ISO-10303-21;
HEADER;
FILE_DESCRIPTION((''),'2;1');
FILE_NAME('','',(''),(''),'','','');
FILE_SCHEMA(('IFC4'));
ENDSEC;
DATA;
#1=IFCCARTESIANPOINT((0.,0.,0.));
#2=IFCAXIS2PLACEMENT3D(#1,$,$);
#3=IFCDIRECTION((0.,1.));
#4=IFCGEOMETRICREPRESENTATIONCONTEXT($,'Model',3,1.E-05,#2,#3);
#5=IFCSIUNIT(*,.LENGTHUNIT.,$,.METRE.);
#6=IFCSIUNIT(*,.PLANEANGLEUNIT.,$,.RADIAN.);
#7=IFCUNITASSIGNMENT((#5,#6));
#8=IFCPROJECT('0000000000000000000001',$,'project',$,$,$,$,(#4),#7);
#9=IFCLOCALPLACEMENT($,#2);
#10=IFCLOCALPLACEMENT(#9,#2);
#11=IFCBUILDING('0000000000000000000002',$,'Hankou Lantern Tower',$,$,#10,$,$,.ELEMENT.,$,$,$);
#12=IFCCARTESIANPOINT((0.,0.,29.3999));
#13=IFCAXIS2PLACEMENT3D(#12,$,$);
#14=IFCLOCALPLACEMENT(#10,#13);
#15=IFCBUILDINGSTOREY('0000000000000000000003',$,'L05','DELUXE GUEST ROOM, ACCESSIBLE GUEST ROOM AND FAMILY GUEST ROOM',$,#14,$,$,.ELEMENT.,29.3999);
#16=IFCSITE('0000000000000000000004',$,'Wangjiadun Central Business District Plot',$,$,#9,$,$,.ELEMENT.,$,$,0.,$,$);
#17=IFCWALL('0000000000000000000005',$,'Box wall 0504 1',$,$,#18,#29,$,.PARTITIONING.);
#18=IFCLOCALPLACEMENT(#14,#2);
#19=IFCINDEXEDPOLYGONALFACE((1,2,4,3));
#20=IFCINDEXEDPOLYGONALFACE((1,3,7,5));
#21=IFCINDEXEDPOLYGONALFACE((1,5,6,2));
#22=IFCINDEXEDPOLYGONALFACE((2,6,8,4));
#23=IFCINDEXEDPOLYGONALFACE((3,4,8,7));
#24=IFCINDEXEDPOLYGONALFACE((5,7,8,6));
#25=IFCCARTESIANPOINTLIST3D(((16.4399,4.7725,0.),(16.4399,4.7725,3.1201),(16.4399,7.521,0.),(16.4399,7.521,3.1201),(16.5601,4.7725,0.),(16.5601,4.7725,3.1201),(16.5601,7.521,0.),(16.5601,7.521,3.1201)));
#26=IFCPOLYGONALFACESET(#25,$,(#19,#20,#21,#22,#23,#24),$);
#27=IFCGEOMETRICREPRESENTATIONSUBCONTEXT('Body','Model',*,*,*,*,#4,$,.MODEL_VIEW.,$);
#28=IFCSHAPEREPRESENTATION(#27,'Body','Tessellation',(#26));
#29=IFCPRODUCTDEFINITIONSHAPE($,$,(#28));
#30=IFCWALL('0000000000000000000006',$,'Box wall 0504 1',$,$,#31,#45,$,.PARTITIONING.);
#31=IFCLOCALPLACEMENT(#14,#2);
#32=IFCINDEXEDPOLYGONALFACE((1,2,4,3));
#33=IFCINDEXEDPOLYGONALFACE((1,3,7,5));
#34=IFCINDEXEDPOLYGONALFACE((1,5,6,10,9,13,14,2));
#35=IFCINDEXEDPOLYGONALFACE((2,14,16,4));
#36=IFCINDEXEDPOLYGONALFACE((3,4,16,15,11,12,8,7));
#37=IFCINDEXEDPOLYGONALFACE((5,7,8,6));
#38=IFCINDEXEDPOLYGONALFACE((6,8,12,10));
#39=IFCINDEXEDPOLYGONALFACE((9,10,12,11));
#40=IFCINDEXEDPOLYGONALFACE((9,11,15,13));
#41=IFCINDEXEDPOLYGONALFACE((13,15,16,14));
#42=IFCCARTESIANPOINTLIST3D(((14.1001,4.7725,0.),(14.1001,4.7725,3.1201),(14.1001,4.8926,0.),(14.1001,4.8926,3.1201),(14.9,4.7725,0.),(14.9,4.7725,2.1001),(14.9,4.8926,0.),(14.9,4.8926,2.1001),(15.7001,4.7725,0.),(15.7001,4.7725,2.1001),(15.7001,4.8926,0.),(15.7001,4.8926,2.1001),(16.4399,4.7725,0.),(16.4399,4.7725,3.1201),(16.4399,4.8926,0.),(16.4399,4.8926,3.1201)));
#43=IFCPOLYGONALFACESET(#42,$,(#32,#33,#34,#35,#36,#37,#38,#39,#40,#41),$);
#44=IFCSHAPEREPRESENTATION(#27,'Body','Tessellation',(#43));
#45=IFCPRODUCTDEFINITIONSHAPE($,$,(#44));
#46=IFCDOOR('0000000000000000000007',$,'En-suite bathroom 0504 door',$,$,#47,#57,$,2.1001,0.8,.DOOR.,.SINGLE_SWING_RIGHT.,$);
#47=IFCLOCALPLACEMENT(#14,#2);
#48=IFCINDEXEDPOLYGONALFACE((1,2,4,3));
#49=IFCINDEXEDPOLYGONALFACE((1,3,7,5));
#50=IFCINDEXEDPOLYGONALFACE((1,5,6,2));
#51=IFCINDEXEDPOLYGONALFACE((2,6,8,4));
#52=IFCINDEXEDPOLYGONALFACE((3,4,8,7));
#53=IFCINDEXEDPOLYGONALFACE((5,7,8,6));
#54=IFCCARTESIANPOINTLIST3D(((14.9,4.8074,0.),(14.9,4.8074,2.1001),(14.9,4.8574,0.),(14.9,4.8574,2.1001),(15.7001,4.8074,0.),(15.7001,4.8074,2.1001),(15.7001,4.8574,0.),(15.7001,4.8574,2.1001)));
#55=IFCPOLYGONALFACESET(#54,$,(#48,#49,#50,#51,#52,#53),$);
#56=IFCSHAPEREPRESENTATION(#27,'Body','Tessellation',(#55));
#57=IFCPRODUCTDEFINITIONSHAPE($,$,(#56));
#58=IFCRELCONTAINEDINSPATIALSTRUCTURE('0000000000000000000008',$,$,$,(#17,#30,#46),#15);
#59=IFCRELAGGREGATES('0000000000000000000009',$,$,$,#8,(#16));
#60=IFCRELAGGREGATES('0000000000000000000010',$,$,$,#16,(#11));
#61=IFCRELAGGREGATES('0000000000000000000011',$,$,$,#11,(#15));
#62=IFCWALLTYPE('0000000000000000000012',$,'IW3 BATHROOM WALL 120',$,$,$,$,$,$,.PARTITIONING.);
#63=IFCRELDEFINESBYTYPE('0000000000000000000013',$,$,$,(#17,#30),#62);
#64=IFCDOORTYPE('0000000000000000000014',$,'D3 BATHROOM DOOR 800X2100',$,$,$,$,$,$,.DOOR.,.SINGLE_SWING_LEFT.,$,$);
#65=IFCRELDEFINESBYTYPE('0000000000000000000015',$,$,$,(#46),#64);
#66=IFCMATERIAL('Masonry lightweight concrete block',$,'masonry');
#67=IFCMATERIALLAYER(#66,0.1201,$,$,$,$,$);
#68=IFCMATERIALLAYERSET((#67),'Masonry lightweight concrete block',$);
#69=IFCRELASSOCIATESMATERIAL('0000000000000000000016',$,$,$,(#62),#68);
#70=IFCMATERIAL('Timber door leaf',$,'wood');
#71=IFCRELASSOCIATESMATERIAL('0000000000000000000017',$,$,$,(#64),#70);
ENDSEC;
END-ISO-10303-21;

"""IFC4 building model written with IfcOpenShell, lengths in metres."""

from ifc_helpers import new_model, si_unit, direction, frame, frame_2d, origin, place, context, subcontext, project, spatial, rectangle, extrude, material, layer, layer_set, type_object, element, fill, save


model = new_model("IFC4")

# Units and contexts
model_context = context("Model", 3, precision=1e-05, world=origin(), true_north=direction((0.0, 1.0)))
body_context = subcontext(model_context, "Body", "Model", "MODEL_VIEW")
ifc_project = project(units=[si_unit("LENGTHUNIT", "METRE"), si_unit("PLANEANGLEUNIT", "RADIAN")], contexts=[model_context])

# Site, building, storey
site_placement = place(None, origin())
site = spatial("IfcSite", under=ifc_project, at=site_placement, Name="Wangjiadun Central Business District Plot", CompositionType="ELEMENT", RefElevation=0.0)
building_placement = place(site_placement, origin())
building = spatial("IfcBuilding", under=site, at=building_placement, Name="Hankou Lantern Tower", CompositionType="ELEMENT")
storey_placement = place(building_placement, frame((0.0, 0.0, 29.3999)))
storey = spatial("IfcBuildingStorey", under=building, at=storey_placement, Name="L05", Description="DELUXE GUEST ROOM, ACCESSIBLE GUEST ROOM AND FAMILY GUEST ROOM", CompositionType="ELEMENT", Elevation=29.3999)

# Shared definitions
ifc_material_1 = material(Name="Masonry lightweight concrete block", Category="masonry")
ifc_layer_1 = layer(ifc_material_1, 0.1201)
ifc_layer_set_1 = layer_set([ifc_layer_1], Name="Masonry lightweight concrete block")
wall_type_1 = type_object("IfcWallType", Name="IW3 BATHROOM WALL 120", PredefinedType="PARTITIONING", material=ifc_layer_set_1)

# Wall
wall_1_placement = place(storey_placement, frame((16.5, 7.521, 0.0), z_axis=(0.0, 0.0, 1.0), x_axis=(0.0, -1.0, 0.0)))
element("IfcWall", 1, at=wall_1_placement, inside=storey, type_object=wall_type_1, Name="Box wall 0504 1", PredefinedType="PARTITIONING", context=body_context, shape_type="SweptSolid", body=[
    extrude(rectangle(XDim=2.7485, YDim=0.1201, at=frame_2d((1.3743, 0.0))), origin(), (0.0, 0.0, 1.0), 3.1201),
])

# Wall, opening, door
wall_2_placement = place(storey_placement, frame((14.1001, 4.8325, 0.0), z_axis=(0.0, 0.0, 1.0), x_axis=(1.0, 0.0, 0.0)))
wall_2 = element("IfcWall", 2, at=wall_2_placement, inside=storey, type_object=wall_type_1, Name="Box wall 0504 1", PredefinedType="PARTITIONING", context=body_context, shape_type="SweptSolid", body=[
    extrude(rectangle(XDim=2.3398, YDim=0.1201, at=frame_2d((1.1699, 0.0))), origin(), (0.0, 0.0, 1.0), 3.1201),
])
opening_1_placement = place(wall_2_placement, frame((0.8, 0.0, 0.0)))
opening_1 = element("IfcOpeningElement", 3, at=opening_1_placement, cuts=wall_2, PredefinedType="OPENING", context=body_context, shape_type="SweptSolid", body=[
    extrude(rectangle(XDim=0.8, YDim=2.1001, at=frame_2d((0.3999, 1.05))), frame((0.0, 0.0701, 0.0), z_axis=(0.0, -1.0, 0.0), x_axis=(1.0, 0.0, 0.0)), (0.0, 0.0, 1.0), 0.1401),
])
ifc_material_2 = material(Name="Timber door leaf", Category="wood")
door_type_1 = type_object("IfcDoorType", Name="D3 BATHROOM DOOR 800X2100", OperationType="SINGLE_SWING_LEFT", PredefinedType="DOOR", material=ifc_material_2)
door_1_placement = place(opening_1_placement, origin())
door_1 = element("IfcDoor", 4, at=door_1_placement, inside=storey, type_object=door_type_1, Name="En-suite bathroom 0504 door", OperationType="SINGLE_SWING_RIGHT", OverallHeight=2.1001, OverallWidth=0.8, PredefinedType="DOOR", context=body_context, shape_type="SweptSolid", body=[
    extrude(rectangle(XDim=0.8, YDim=2.1001, at=frame_2d((0.3999, 1.05))), frame((0.0, 0.0249, 0.0), z_axis=(0.0, -1.0, 0.0), x_axis=(1.0, 0.0, 0.0)), (0.0, 0.0, 1.0), 0.05),
])
fill(opening_1, door_1)

save(model, "model.ifc")
